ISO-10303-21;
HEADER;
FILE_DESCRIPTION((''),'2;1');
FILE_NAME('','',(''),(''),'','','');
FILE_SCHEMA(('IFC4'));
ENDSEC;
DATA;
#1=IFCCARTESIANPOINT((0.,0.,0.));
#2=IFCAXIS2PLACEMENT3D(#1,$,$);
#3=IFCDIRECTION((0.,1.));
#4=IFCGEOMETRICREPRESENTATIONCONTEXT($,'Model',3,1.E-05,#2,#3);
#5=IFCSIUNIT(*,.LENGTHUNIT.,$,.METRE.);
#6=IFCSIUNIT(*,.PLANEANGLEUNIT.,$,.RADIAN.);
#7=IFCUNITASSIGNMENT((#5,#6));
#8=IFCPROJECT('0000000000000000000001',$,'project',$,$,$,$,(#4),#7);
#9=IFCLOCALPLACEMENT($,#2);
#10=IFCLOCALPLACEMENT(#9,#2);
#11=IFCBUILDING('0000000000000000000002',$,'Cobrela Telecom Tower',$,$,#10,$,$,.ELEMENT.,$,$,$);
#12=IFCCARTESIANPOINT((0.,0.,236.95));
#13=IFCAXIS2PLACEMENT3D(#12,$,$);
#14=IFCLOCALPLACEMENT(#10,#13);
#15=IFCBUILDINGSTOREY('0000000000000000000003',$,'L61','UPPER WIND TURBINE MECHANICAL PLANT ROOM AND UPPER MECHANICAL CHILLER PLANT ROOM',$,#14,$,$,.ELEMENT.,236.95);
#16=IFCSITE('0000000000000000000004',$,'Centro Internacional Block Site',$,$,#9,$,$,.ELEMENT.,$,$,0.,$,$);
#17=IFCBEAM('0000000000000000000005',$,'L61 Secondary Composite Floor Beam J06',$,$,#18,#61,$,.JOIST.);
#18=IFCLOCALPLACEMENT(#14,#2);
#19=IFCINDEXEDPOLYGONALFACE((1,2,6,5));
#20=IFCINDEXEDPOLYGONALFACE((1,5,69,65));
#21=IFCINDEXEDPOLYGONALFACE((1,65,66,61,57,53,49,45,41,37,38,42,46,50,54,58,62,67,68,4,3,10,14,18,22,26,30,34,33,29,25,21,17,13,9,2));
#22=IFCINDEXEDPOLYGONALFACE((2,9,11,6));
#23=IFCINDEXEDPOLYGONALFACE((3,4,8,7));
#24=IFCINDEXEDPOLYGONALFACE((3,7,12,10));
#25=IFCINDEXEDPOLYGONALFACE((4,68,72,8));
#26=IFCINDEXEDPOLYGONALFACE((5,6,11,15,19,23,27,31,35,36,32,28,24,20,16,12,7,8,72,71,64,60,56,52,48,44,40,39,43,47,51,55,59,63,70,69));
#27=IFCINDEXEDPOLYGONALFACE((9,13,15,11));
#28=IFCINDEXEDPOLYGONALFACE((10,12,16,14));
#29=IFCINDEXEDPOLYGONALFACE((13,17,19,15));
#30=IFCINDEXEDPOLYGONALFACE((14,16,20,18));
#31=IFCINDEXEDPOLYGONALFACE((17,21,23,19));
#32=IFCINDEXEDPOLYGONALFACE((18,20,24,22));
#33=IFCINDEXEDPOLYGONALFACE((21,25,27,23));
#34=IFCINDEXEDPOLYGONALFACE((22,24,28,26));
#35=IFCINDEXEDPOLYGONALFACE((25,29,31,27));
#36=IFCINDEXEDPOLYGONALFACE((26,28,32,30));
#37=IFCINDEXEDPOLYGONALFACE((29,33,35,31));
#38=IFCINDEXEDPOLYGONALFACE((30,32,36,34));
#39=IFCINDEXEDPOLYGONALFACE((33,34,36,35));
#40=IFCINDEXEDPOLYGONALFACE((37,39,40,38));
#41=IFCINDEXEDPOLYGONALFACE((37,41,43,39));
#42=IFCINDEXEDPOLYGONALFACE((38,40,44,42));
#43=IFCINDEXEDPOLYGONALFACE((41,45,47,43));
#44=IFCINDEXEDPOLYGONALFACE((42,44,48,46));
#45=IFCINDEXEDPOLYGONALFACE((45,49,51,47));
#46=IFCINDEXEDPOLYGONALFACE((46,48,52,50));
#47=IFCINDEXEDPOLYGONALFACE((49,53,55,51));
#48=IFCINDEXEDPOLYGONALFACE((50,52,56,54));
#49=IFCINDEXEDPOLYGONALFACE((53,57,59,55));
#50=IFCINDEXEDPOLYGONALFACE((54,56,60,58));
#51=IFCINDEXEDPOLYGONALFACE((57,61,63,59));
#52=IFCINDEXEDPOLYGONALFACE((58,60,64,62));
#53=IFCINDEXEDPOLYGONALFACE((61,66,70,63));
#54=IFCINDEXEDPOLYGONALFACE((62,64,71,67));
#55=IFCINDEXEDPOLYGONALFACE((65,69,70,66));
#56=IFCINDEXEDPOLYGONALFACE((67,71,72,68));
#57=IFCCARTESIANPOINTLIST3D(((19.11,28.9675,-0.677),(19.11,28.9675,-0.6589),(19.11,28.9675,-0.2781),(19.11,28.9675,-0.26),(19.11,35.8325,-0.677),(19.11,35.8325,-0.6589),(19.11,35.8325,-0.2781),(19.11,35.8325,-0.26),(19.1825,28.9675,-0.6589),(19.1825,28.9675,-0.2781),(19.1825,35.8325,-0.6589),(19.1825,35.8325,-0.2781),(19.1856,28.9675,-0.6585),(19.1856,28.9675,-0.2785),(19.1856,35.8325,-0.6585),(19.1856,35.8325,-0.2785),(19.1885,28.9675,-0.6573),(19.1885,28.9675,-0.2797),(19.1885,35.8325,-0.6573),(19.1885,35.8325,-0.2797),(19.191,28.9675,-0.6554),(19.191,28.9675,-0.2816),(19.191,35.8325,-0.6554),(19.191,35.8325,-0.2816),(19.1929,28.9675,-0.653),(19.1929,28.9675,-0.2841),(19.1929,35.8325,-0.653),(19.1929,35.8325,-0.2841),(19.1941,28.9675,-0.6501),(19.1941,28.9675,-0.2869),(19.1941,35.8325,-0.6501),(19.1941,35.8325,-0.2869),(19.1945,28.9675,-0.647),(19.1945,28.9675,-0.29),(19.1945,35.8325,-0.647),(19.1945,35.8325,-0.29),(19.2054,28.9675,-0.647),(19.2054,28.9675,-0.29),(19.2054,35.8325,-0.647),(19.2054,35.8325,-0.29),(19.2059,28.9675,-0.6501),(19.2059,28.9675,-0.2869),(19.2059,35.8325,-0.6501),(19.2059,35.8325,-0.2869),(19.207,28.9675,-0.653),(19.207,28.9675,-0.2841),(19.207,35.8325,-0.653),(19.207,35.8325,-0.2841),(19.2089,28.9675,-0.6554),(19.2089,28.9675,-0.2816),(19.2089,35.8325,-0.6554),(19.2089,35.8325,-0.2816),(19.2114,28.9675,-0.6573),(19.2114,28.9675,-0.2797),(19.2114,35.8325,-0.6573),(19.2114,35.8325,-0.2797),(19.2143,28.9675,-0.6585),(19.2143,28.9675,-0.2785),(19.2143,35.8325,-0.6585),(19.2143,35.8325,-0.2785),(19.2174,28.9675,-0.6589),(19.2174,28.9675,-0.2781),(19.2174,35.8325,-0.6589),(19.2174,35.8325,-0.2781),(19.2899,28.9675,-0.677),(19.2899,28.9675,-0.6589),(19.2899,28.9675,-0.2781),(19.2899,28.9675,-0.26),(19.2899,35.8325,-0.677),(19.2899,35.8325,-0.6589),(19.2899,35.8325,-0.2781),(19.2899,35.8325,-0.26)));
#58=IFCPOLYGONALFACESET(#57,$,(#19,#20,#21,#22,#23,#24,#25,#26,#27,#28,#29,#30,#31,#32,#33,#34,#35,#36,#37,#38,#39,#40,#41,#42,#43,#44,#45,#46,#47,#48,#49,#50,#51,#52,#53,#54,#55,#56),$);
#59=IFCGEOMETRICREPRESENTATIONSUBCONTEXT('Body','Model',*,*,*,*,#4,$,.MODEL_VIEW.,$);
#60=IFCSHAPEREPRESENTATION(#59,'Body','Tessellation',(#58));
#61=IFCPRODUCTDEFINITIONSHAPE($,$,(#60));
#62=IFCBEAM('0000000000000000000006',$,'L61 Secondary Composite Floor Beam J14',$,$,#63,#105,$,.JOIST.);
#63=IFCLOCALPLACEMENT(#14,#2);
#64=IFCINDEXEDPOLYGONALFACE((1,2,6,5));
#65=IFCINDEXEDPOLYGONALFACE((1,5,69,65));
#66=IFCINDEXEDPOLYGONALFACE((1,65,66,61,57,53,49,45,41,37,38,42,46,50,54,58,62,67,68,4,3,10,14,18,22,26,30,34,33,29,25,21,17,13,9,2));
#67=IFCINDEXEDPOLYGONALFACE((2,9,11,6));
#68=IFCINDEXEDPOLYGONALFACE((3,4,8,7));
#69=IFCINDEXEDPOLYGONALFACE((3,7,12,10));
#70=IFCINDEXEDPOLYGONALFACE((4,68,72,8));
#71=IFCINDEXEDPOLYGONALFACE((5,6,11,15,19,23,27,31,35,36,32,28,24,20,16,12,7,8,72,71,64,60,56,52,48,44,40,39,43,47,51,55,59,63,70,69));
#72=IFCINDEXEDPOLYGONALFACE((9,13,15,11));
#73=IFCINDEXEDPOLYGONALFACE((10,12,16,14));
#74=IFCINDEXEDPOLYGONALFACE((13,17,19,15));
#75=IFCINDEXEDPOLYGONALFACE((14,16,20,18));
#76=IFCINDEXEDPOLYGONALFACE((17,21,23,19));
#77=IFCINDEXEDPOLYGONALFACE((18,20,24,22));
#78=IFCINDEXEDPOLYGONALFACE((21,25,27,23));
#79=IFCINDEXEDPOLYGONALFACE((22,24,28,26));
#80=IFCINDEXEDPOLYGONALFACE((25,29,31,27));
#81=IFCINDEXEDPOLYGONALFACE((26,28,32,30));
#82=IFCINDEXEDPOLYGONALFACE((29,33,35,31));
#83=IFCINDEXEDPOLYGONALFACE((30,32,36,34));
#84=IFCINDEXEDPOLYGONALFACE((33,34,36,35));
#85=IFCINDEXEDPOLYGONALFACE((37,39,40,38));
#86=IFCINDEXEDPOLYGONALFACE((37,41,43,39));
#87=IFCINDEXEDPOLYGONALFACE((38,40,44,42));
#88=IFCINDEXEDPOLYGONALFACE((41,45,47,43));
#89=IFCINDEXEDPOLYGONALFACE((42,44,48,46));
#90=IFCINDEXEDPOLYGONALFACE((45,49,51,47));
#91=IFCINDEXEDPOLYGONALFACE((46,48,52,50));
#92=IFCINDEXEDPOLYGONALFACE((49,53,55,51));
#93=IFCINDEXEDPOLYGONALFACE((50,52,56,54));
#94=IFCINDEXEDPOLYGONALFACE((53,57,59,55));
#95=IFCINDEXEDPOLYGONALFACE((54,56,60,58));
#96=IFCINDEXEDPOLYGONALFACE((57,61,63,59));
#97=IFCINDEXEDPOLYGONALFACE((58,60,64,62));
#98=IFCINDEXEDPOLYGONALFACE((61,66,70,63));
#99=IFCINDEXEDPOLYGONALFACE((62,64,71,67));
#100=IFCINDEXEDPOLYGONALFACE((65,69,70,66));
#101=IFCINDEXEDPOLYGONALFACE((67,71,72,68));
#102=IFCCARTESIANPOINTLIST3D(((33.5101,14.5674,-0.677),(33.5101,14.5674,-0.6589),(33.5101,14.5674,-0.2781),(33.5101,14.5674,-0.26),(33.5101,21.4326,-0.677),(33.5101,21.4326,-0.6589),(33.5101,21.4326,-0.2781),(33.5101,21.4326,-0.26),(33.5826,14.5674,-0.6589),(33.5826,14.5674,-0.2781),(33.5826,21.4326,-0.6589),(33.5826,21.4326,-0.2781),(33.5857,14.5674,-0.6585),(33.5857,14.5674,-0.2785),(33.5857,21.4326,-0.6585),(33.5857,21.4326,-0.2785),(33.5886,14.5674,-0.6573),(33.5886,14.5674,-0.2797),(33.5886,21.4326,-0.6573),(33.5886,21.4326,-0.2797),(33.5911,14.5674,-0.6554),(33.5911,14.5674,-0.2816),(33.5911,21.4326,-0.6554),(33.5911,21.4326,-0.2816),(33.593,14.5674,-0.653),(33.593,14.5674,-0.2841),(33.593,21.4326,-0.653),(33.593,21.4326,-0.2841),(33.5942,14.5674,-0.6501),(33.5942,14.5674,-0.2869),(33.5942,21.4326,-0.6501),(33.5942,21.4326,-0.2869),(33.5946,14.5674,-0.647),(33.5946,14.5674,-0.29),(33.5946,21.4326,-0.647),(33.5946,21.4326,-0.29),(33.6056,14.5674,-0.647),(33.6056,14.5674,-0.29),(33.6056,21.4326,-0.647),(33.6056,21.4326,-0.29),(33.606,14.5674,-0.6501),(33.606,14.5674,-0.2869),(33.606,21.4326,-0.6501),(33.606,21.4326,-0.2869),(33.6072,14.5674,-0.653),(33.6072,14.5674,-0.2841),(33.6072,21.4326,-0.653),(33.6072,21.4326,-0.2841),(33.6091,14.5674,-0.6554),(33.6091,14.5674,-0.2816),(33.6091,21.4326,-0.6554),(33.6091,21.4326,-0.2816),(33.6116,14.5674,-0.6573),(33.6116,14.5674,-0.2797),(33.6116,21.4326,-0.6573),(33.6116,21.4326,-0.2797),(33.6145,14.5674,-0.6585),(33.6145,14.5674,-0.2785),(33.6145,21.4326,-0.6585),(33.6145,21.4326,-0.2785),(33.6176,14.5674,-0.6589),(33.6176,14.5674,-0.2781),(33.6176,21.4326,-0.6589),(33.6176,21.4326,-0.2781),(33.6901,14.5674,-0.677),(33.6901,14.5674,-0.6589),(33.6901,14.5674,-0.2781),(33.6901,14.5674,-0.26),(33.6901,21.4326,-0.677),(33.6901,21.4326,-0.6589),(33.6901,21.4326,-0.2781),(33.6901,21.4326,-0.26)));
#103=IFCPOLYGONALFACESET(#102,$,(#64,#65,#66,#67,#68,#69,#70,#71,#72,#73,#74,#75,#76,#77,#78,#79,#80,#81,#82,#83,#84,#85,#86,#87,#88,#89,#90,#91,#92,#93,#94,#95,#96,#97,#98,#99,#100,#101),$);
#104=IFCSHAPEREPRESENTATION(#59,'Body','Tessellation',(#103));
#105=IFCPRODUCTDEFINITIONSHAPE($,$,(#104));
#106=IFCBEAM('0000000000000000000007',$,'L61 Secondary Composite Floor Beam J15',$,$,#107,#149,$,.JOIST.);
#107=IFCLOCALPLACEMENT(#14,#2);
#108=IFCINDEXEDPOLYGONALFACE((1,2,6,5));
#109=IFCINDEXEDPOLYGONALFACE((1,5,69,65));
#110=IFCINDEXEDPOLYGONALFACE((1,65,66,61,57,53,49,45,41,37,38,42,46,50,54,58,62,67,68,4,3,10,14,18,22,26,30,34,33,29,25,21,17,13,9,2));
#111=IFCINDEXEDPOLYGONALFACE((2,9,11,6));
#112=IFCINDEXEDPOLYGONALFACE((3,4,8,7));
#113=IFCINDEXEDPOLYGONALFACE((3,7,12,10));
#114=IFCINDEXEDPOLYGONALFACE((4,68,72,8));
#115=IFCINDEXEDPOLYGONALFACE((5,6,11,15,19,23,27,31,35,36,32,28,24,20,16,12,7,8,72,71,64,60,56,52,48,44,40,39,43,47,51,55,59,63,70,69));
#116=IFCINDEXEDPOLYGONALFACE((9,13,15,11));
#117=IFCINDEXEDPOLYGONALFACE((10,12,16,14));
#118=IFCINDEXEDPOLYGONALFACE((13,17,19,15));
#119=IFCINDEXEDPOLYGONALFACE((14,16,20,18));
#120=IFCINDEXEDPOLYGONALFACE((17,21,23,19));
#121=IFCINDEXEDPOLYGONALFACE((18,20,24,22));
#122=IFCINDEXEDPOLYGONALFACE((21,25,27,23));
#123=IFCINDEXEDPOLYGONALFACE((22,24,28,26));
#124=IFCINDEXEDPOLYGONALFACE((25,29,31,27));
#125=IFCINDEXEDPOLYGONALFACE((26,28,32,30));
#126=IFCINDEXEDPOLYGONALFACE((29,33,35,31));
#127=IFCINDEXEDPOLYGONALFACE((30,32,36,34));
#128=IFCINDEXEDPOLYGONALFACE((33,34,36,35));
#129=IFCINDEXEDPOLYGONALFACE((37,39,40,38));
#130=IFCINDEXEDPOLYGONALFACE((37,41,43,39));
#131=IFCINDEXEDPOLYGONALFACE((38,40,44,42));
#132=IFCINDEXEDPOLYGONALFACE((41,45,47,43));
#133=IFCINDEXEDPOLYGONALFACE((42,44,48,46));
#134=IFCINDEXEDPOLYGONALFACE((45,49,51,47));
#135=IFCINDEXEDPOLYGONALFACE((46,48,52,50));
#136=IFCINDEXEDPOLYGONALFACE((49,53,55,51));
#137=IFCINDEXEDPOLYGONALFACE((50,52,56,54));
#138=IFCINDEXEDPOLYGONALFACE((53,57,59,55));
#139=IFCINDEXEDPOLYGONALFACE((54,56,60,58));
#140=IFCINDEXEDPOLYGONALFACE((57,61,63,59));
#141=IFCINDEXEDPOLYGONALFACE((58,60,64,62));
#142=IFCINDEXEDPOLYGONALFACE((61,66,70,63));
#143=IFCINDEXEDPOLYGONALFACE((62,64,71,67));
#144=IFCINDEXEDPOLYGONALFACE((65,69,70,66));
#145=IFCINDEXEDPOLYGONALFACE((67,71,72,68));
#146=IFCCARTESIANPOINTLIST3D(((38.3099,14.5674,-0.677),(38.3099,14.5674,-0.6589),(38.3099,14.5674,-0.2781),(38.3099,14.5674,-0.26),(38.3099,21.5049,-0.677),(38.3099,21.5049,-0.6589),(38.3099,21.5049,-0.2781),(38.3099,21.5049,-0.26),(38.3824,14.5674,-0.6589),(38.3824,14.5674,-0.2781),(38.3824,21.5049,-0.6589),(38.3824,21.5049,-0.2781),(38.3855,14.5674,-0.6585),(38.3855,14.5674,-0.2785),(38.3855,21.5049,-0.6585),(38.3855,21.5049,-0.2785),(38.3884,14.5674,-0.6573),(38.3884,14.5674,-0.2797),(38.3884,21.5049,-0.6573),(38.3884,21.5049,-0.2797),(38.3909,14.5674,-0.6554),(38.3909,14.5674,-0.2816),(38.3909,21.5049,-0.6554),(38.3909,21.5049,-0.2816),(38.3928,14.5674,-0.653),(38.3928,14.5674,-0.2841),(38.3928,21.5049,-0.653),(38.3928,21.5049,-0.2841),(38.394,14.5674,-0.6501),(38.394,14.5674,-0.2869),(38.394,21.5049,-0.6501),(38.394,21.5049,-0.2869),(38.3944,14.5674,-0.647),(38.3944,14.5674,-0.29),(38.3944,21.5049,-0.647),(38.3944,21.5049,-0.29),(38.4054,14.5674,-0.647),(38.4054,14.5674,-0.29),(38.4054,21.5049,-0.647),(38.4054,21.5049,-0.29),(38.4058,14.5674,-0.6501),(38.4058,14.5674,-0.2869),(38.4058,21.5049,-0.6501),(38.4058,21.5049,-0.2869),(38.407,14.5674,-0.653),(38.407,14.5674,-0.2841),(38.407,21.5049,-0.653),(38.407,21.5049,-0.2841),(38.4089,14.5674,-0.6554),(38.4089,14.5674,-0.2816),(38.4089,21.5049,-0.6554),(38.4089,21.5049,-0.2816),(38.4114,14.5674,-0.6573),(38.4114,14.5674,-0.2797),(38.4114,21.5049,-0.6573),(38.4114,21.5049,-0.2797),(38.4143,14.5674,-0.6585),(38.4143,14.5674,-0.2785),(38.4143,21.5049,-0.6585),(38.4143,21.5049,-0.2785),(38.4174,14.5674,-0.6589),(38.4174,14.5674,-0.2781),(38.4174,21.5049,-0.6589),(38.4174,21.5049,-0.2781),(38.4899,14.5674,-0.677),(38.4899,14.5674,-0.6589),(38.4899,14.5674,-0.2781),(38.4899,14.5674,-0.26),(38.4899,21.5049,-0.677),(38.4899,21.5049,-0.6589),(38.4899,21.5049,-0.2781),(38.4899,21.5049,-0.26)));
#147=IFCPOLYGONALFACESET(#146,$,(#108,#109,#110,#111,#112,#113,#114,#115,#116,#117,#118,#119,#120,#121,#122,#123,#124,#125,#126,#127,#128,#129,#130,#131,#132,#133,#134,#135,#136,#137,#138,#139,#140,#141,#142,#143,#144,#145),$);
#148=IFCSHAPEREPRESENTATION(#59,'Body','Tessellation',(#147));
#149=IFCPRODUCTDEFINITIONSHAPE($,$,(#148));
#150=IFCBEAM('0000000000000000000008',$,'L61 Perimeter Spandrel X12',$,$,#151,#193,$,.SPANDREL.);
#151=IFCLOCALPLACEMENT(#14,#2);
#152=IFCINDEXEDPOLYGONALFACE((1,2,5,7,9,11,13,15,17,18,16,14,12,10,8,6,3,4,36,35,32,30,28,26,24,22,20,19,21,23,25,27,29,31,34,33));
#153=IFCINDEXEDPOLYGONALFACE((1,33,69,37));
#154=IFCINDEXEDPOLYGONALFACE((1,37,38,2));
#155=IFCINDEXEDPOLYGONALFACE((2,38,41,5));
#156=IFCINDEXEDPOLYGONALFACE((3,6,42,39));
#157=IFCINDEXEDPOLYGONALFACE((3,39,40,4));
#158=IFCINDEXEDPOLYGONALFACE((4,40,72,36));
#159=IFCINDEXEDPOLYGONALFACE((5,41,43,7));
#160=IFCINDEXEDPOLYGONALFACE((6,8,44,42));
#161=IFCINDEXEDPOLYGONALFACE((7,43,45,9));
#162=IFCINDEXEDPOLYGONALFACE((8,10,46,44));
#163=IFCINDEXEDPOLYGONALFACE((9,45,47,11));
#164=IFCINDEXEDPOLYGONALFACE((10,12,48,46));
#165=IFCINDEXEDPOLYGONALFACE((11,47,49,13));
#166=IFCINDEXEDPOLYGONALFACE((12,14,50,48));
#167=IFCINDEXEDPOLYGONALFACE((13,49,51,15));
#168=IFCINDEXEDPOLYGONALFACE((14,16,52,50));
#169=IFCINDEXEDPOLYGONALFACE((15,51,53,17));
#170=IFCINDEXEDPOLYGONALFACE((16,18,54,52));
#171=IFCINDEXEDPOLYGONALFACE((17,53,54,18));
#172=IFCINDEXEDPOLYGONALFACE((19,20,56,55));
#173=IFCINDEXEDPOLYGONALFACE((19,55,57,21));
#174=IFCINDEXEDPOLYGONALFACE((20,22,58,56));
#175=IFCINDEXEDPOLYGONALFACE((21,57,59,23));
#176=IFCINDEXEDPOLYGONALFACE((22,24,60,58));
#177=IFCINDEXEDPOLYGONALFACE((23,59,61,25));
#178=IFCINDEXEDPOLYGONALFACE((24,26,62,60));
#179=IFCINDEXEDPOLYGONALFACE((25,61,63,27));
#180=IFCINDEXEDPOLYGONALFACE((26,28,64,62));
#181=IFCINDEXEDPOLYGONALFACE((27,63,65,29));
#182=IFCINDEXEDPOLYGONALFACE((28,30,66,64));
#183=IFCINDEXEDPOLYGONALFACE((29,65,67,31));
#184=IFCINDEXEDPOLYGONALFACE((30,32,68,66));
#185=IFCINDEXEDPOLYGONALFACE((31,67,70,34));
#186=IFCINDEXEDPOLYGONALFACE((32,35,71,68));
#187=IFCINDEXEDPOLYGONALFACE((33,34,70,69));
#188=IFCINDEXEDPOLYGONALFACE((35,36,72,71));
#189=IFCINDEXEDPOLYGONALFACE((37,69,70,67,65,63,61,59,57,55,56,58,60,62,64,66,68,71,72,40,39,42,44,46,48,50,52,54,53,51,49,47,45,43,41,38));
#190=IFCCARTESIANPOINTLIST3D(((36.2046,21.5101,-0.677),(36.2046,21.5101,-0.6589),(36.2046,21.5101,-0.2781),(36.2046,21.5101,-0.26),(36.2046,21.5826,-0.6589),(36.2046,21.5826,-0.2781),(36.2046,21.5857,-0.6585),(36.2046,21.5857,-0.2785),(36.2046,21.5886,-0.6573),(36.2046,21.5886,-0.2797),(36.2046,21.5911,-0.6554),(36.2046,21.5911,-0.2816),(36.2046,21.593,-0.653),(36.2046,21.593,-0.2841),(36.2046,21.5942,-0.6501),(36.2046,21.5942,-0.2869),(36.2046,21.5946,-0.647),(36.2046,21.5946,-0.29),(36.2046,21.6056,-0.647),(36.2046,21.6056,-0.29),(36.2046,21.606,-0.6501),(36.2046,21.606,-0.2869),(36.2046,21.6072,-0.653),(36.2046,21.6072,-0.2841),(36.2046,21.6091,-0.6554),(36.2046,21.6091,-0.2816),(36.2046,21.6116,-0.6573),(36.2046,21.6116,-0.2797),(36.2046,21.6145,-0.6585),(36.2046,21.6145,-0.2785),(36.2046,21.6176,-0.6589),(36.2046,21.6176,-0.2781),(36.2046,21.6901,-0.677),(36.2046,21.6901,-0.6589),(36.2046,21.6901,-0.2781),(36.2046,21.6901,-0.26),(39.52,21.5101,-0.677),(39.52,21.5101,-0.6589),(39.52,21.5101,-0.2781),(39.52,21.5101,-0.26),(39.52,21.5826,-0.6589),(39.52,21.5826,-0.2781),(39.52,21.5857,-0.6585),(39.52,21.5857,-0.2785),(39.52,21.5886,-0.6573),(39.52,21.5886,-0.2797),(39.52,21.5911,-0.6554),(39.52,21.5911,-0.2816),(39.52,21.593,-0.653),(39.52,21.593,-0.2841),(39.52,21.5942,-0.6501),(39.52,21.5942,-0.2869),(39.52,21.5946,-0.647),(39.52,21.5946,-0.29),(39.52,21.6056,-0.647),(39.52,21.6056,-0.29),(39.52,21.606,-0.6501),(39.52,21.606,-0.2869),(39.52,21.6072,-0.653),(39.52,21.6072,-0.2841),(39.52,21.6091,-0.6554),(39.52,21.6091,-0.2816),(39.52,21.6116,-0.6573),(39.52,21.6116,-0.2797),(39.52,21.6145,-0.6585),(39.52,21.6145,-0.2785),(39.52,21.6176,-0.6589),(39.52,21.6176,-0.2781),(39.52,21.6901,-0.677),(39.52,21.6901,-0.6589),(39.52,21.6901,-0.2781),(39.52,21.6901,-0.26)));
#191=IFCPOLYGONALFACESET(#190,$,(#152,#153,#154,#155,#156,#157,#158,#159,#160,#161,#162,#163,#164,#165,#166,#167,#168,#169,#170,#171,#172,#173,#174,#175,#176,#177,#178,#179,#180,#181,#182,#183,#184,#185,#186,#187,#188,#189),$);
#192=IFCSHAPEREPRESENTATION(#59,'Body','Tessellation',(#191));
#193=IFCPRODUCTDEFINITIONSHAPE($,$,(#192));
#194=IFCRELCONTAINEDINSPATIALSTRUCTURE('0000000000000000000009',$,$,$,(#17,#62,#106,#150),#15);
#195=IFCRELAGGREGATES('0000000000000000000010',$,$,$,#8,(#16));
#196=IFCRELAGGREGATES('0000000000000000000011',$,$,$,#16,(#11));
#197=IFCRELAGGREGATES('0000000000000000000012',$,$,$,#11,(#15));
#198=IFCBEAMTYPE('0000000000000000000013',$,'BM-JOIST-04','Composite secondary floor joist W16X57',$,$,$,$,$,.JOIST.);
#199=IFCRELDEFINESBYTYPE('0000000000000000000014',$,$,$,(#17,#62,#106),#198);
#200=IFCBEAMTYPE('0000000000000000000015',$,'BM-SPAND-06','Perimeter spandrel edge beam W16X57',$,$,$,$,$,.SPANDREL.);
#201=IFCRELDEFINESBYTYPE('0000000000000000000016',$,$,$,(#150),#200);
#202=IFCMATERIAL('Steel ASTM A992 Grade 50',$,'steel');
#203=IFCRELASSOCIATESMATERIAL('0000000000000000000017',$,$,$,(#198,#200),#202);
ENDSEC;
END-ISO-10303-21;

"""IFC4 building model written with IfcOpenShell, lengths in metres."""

from ifc_helpers import new_model, si_unit, direction, frame, origin, origin_2d, place, context, subcontext, project, spatial, i_section, extrude, material, material_profile, profile_set, type_object, element, save


model = new_model("IFC4")

# Units and contexts
model_context = context("Model", 3, precision=1e-05, world=origin(), true_north=direction((0.0, 1.0)))
body_context = subcontext(model_context, "Body", "Model", "MODEL_VIEW")
ifc_project = project(units=[si_unit("LENGTHUNIT", "METRE"), si_unit("PLANEANGLEUNIT", "RADIAN")], contexts=[model_context])

# Site, building, storey
site_placement = place(None, origin())
site = spatial("IfcSite", under=ifc_project, at=site_placement, Name="Centro Internacional Block Site", CompositionType="ELEMENT", RefElevation=0.0)
building_placement = place(site_placement, origin())
building = spatial("IfcBuilding", under=site, at=building_placement, Name="Cobrela Telecom Tower", CompositionType="ELEMENT")
storey_placement = place(building_placement, frame((0.0, 0.0, 236.95)))
storey = spatial("IfcBuildingStorey", under=building, at=storey_placement, Name="L61", Description="UPPER WIND TURBINE MECHANICAL PLANT ROOM AND UPPER MECHANICAL CHILLER PLANT ROOM", CompositionType="ELEMENT", Elevation=236.95)

# Shared definitions
ifc_material_1 = material(Name="Steel ASTM A992 Grade 50", Category="steel")

# Beams
ifc_material_profile_1 = material_profile(ifc_material_1, i_section(OverallWidth=0.1799, OverallDepth=0.417, WebThickness=0.011, FlangeThickness=0.0181, FilletRadius=0.012, at=origin_2d()), Name="W16X57")
ifc_profile_set_1 = profile_set([ifc_material_profile_1], Name="Steel ASTM A992 Grade 50")
beam_type_1 = type_object("IfcBeamType", Name="BM-JOIST-04", Description="Composite secondary floor joist W16X57", PredefinedType="JOIST", material=ifc_profile_set_1)
for number, where, z_axis, x_axis, name in (
    (1, (19.2, 28.9675, -0.4685), (0.0, 1.0, 0.0), (-1.0, 0.0, 0.0), "L61 Secondary Composite Floor Beam J06"),
):
    element("IfcBeam", number, at=place(storey_placement, frame(where, z_axis=z_axis, x_axis=x_axis)), inside=storey, type_object=beam_type_1, Name=name, PredefinedType="JOIST", context=body_context, shape_type="SweptSolid", body=[
        extrude(i_section(OverallWidth=0.1799, OverallDepth=0.417, WebThickness=0.011, FlangeThickness=0.0181, FilletRadius=0.012, at=origin_2d()), origin(), (0.0, 0.0, 1.0), 6.865),
    ])
beam_1_placement = place(storey_placement, frame((33.6001, 14.5674, -0.4685), z_axis=(0.0, 1.0, 0.0), x_axis=(-1.0, 0.0, 0.0)))
element("IfcBeam", 2, at=beam_1_placement, inside=storey, type_object=beam_type_1, Name="L61 Secondary Composite Floor Beam J14", PredefinedType="JOIST", context=body_context, shape_type="SweptSolid", body=[
    extrude(i_section(OverallWidth=0.1799, OverallDepth=0.417, WebThickness=0.011, FlangeThickness=0.0181, FilletRadius=0.012, at=origin_2d()), origin(), (0.0, 0.0, 1.0), 6.8652),
])
beam_2_placement = place(storey_placement, frame((38.3999, 14.5674, -0.4685), z_axis=(0.0, 1.0, 0.0), x_axis=(-1.0, 0.0, 0.0)))
element("IfcBeam", 3, at=beam_2_placement, inside=storey, type_object=beam_type_1, Name="L61 Secondary Composite Floor Beam J15", PredefinedType="JOIST", context=body_context, shape_type="SweptSolid", body=[
    extrude(i_section(OverallWidth=0.1799, OverallDepth=0.417, WebThickness=0.011, FlangeThickness=0.0181, FilletRadius=0.012, at=origin_2d()), origin(), (0.0, 0.0, 1.0), 6.9375),
])
ifc_material_profile_2 = material_profile(ifc_material_1, i_section(OverallWidth=0.1799, OverallDepth=0.417, WebThickness=0.011, FlangeThickness=0.0181, FilletRadius=0.012, at=origin_2d()), Name="W16X57")
ifc_profile_set_2 = profile_set([ifc_material_profile_2], Name="Steel ASTM A992 Grade 50")
beam_type_2 = type_object("IfcBeamType", Name="BM-SPAND-06", Description="Perimeter spandrel edge beam W16X57", PredefinedType="SPANDREL", material=ifc_profile_set_2)
beam_3_placement = place(storey_placement, frame((36.2046, 21.6001, -0.4685), z_axis=(1.0, 0.0, 0.0), x_axis=(0.0, 1.0, 0.0)))
element("IfcBeam", 4, at=beam_3_placement, inside=storey, type_object=beam_type_2, Name="L61 Perimeter Spandrel X12", PredefinedType="SPANDREL", context=body_context, shape_type="SweptSolid", body=[
    extrude(i_section(OverallWidth=0.1799, OverallDepth=0.417, WebThickness=0.011, FlangeThickness=0.0181, FilletRadius=0.012, at=origin_2d()), origin(), (0.0, 0.0, 1.0), 3.3154),
])

save(model, "model.ifc")
